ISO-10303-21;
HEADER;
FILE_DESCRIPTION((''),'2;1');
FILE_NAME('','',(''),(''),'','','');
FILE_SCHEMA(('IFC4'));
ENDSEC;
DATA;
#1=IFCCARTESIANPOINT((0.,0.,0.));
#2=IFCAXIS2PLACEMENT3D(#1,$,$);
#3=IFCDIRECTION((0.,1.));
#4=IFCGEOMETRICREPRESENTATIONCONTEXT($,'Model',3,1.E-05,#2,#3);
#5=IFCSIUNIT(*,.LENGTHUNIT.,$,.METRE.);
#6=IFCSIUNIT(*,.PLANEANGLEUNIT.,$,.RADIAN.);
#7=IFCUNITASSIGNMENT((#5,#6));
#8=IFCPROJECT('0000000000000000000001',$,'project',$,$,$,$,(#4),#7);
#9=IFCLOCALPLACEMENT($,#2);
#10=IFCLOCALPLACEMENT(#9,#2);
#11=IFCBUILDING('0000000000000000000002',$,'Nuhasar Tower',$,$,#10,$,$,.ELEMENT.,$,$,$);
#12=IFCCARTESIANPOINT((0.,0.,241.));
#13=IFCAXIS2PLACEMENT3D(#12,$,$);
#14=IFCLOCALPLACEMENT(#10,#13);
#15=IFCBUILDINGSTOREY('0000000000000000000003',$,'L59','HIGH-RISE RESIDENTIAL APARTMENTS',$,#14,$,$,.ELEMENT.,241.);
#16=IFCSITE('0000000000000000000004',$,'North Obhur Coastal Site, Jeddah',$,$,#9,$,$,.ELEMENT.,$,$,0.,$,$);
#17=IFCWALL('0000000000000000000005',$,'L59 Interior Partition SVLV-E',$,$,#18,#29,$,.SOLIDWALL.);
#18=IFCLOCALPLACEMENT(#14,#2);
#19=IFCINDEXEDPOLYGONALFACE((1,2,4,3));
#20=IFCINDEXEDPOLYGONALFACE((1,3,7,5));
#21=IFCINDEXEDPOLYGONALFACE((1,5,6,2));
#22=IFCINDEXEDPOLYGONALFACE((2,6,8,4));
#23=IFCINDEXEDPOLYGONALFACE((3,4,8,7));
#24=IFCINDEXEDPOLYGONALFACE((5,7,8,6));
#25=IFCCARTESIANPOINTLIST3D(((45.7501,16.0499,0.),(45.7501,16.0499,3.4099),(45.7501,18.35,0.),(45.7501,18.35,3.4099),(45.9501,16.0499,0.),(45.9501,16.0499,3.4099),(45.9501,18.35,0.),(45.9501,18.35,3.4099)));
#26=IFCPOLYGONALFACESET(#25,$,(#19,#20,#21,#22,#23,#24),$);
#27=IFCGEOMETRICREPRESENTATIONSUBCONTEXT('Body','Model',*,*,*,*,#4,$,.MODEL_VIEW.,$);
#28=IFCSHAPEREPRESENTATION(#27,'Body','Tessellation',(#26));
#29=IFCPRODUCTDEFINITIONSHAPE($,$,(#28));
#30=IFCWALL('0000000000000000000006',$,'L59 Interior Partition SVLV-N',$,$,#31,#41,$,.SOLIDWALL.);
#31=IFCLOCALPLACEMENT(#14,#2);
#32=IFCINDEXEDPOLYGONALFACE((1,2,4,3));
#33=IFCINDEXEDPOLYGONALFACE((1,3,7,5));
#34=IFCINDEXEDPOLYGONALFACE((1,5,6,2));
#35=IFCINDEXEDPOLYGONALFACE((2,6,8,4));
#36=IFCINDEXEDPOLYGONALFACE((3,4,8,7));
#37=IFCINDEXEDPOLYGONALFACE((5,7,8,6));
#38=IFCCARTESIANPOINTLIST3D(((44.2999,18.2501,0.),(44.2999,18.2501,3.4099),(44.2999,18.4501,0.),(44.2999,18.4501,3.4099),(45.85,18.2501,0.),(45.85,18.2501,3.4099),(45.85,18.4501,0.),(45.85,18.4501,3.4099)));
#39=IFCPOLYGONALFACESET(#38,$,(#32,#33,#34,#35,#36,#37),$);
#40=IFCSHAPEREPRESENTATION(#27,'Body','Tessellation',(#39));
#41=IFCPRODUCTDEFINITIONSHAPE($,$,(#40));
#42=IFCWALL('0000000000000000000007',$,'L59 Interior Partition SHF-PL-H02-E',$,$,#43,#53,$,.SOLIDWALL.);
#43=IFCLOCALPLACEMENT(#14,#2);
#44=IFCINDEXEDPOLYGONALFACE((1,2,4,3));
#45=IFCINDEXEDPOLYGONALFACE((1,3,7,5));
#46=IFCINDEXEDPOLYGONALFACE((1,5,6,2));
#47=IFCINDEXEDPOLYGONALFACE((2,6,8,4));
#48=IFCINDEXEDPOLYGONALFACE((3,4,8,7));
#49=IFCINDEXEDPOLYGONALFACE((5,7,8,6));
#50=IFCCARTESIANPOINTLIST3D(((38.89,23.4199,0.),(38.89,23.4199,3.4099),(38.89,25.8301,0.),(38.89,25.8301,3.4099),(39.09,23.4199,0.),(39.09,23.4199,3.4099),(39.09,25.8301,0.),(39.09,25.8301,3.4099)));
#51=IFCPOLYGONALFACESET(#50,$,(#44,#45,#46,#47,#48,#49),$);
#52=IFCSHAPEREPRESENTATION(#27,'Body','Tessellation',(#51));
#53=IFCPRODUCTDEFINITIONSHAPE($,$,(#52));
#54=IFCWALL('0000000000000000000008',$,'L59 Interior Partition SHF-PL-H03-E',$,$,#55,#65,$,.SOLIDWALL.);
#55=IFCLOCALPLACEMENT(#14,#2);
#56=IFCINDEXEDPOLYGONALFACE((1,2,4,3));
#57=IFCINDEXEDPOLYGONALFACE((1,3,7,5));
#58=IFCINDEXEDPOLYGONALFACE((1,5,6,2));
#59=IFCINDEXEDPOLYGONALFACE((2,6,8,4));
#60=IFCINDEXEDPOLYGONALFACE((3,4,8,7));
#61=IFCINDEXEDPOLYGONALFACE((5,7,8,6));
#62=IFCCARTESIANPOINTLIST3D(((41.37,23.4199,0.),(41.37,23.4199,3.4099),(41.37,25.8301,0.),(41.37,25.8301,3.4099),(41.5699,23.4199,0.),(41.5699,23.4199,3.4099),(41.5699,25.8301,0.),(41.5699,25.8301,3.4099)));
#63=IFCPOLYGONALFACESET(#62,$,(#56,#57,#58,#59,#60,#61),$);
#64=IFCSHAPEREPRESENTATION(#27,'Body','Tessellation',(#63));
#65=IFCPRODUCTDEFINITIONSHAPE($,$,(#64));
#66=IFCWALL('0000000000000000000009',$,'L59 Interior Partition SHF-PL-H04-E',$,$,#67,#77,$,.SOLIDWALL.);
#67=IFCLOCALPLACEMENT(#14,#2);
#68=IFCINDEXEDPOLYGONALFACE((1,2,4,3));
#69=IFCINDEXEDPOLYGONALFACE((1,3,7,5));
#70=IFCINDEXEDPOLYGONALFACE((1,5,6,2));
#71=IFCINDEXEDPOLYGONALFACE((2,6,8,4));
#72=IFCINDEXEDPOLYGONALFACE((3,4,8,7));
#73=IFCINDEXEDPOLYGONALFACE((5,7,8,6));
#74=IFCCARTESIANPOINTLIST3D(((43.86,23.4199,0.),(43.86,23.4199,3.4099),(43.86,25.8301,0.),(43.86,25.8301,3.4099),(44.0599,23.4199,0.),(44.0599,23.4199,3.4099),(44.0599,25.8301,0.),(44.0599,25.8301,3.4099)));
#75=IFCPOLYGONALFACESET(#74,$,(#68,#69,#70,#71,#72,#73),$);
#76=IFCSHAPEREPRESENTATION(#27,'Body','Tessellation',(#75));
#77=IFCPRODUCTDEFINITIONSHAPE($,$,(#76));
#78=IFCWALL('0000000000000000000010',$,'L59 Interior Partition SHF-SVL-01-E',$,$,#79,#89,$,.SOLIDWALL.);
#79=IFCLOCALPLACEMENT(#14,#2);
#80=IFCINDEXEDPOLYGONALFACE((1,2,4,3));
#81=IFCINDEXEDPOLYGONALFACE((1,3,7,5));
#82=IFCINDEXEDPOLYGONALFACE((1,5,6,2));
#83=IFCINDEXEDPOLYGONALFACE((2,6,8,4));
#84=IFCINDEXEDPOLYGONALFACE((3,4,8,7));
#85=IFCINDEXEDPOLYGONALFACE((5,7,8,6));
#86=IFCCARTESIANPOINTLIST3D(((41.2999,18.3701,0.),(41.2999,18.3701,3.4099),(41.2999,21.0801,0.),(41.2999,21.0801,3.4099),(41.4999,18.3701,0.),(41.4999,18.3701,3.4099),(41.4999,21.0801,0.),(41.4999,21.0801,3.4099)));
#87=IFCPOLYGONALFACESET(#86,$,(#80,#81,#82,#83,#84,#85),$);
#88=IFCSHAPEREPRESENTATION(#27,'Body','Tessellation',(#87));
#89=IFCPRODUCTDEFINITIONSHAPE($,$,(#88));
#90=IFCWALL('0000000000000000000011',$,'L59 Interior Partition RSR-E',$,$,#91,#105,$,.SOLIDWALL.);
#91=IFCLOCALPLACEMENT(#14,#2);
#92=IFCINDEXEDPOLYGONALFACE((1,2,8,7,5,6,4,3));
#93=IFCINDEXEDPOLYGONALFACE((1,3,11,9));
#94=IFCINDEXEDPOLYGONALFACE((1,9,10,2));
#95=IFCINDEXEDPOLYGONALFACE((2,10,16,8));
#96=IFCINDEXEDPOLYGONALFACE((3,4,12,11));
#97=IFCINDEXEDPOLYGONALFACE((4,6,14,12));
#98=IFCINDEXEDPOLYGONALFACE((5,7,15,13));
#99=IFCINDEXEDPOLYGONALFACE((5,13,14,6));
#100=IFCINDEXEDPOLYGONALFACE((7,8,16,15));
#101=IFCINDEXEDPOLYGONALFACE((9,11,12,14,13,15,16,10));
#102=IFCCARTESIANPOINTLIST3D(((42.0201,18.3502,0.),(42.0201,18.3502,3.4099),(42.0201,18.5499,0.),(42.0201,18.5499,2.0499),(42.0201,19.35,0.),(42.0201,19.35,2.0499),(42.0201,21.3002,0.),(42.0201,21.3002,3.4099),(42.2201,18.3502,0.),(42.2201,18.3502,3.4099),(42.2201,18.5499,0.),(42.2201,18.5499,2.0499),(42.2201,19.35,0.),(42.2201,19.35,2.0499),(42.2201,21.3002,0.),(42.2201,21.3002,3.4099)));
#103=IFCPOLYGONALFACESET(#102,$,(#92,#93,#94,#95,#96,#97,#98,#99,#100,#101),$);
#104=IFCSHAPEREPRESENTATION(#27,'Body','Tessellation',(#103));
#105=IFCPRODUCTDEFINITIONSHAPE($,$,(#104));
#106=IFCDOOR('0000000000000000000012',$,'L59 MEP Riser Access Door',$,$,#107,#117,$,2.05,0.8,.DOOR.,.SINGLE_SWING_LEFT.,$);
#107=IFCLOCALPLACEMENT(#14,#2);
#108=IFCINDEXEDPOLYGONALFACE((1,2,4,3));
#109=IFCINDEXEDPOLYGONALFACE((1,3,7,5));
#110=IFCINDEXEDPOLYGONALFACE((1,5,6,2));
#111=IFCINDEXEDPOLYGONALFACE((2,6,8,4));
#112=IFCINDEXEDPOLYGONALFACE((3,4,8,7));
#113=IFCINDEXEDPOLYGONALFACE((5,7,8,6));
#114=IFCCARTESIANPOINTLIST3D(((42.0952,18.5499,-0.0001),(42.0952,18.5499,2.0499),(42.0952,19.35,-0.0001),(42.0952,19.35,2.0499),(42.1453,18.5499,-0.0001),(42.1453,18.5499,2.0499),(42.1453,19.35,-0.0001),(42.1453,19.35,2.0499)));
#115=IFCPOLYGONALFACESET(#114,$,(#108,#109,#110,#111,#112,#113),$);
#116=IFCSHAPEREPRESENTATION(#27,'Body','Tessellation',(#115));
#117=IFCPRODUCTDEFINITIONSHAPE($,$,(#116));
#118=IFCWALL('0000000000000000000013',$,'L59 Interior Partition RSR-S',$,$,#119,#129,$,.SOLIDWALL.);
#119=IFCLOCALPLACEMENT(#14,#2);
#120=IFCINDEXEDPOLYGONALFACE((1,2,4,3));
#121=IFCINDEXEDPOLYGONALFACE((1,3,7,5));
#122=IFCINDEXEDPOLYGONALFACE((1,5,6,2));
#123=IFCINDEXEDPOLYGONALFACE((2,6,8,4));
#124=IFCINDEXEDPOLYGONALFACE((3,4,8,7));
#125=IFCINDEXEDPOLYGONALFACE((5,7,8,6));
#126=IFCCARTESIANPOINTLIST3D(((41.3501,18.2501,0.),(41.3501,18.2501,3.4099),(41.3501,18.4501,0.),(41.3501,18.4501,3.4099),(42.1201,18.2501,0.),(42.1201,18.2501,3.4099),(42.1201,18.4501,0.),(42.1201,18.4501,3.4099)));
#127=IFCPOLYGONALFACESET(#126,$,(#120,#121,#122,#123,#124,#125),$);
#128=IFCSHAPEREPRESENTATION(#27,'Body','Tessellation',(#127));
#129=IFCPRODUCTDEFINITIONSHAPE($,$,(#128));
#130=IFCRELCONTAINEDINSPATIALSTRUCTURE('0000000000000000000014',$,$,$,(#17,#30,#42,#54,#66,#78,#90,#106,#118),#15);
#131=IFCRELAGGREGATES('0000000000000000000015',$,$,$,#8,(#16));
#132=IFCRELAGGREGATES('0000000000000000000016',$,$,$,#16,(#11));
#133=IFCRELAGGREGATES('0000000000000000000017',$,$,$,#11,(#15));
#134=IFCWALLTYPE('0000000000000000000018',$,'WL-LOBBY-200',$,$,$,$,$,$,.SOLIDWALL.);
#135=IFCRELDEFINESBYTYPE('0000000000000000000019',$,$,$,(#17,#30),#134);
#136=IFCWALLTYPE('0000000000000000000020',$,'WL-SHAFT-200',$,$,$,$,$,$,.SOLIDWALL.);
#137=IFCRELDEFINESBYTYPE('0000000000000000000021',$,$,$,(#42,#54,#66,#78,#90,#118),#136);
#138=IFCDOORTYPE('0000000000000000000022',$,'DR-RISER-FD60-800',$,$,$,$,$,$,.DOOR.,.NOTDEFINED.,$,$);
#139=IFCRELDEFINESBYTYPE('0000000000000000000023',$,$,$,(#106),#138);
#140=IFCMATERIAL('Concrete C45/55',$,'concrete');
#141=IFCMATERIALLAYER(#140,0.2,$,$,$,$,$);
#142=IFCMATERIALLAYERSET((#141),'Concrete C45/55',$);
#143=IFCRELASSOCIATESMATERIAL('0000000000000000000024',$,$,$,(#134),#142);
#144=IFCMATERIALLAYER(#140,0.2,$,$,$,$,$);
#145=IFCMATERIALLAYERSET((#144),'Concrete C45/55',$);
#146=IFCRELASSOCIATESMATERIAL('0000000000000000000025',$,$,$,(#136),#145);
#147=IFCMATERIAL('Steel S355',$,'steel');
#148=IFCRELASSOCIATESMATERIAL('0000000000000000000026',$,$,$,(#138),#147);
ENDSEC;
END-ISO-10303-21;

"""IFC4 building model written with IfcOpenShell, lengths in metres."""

from ifc_helpers import new_model, si_unit, direction, frame, frame_2d, origin, place, context, subcontext, project, spatial, rectangle, extrude, material, layer, layer_set, type_object, element, fill, save


model = new_model("IFC4")

# Units and contexts
model_context = context("Model", 3, precision=1e-05, world=origin(), true_north=direction((0.0, 1.0)))
body_context = subcontext(model_context, "Body", "Model", "MODEL_VIEW")
ifc_project = project(units=[si_unit("LENGTHUNIT", "METRE"), si_unit("PLANEANGLEUNIT", "RADIAN")], contexts=[model_context])

# Site, building, storey
site_placement = place(None, origin())
site = spatial("IfcSite", under=ifc_project, at=site_placement, Name="North Obhur Coastal Site, Jeddah", CompositionType="ELEMENT", RefElevation=0.0)
building_placement = place(site_placement, origin())
building = spatial("IfcBuilding", under=site, at=building_placement, Name="Nuhasar Tower", CompositionType="ELEMENT")
storey_placement = place(building_placement, frame((0.0, 0.0, 241.0)))
storey = spatial("IfcBuildingStorey", under=building, at=storey_placement, Name="L59", Description="HIGH-RISE RESIDENTIAL APARTMENTS", CompositionType="ELEMENT", Elevation=241.0)

# Shared definitions
ifc_material_1 = material(Name="Steel S355", Category="steel")

# Shared definitions
ifc_material_2 = material(Name="Concrete C45/55", Category="concrete")
ifc_layer_1 = layer(ifc_material_2, 0.2)
ifc_layer_set_1 = layer_set([ifc_layer_1], Name="Concrete C45/55")
wall_type_1 = type_object("IfcWallType", Name="WL-LOBBY-200", PredefinedType="SOLIDWALL", material=ifc_layer_set_1)

# Walls
wall_1_placement = place(storey_placement, frame((45.8501, 16.05, 0.0), z_axis=(0.0, 0.0, 1.0), x_axis=(0.0, 1.0, 0.0)))
element("IfcWall", 1, at=wall_1_placement, inside=storey, type_object=wall_type_1, Name="L59 Interior Partition SVLV-E", PredefinedType="SOLIDWALL", context=body_context, shape_type="SweptSolid", body=[
    extrude(rectangle(XDim=2.3, YDim=0.2, at=frame_2d((1.1499, 0.0))), origin(), (0.0, 0.0, 1.0), 3.4099),
])
wall_2_placement = place(storey_placement, frame((44.3, 18.3501, 0.0), z_axis=(0.0, 0.0, 1.0), x_axis=(1.0, 0.0, 0.0)))
element("IfcWall", 2, at=wall_2_placement, inside=storey, type_object=wall_type_1, Name="L59 Interior Partition SVLV-N", PredefinedType="SOLIDWALL", context=body_context, shape_type="SweptSolid", body=[
    extrude(rectangle(XDim=1.55, YDim=0.2, at=frame_2d((0.7749, 0.0))), origin(), (0.0, 0.0, 1.0), 3.4099),
])
ifc_layer_2 = layer(ifc_material_2, 0.2)
ifc_layer_set_2 = layer_set([ifc_layer_2], Name="Concrete C45/55")
wall_type_2 = type_object("IfcWallType", Name="WL-SHAFT-200", PredefinedType="SOLIDWALL", material=ifc_layer_set_2)
wall_3_placement = place(storey_placement, frame((38.99, 23.4199, 0.0), z_axis=(0.0, 0.0, 1.0), x_axis=(0.0, 1.0, 0.0)))
element("IfcWall", 3, at=wall_3_placement, inside=storey, type_object=wall_type_2, Name="L59 Interior Partition SHF-PL-H02-E", PredefinedType="SOLIDWALL", context=body_context, shape_type="SweptSolid", body=[
    extrude(rectangle(XDim=2.4102, YDim=0.2, at=frame_2d((1.2051, 0.0))), origin(), (0.0, 0.0, 1.0), 3.4099),
])

# Wall
wall_4_placement = place(storey_placement, frame((41.47, 23.4199, 0.0), z_axis=(0.0, 0.0, 1.0), x_axis=(0.0, 1.0, 0.0)))
element("IfcWall", 4, at=wall_4_placement, inside=storey, type_object=wall_type_2, Name="L59 Interior Partition SHF-PL-H03-E", PredefinedType="SOLIDWALL", context=body_context, shape_type="SweptSolid", body=[
    extrude(rectangle(XDim=2.4102, YDim=0.2, at=frame_2d((1.2051, 0.0))), origin(), (0.0, 0.0, 1.0), 3.4099),
])

# Walls
wall_5_placement = place(storey_placement, frame((43.96, 23.4199, 0.0), z_axis=(0.0, 0.0, 1.0), x_axis=(0.0, 1.0, 0.0)))
element("IfcWall", 5, at=wall_5_placement, inside=storey, type_object=wall_type_2, Name="L59 Interior Partition SHF-PL-H04-E", PredefinedType="SOLIDWALL", context=body_context, shape_type="SweptSolid", body=[
    extrude(rectangle(XDim=2.4102, YDim=0.2, at=frame_2d((1.2051, 0.0))), origin(), (0.0, 0.0, 1.0), 3.4099),
])
wall_6_placement = place(storey_placement, frame((41.3999, 18.3701, 0.0), z_axis=(0.0, 0.0, 1.0), x_axis=(0.0, 1.0, 0.0)))
element("IfcWall", 6, at=wall_6_placement, inside=storey, type_object=wall_type_2, Name="L59 Interior Partition SHF-SVL-01-E", PredefinedType="SOLIDWALL", context=body_context, shape_type="SweptSolid", body=[
    extrude(rectangle(XDim=2.71, YDim=0.2, at=frame_2d((1.355, 0.0))), origin(), (0.0, 0.0, 1.0), 3.4099),
])

# Wall, opening, door
wall_7_placement = place(storey_placement, frame((42.1201, 18.3501, 0.0), z_axis=(0.0, 0.0, 1.0), x_axis=(0.0, 1.0, 0.0)))
wall_7 = element("IfcWall", 7, at=wall_7_placement, inside=storey, type_object=wall_type_2, Name="L59 Interior Partition RSR-E", PredefinedType="SOLIDWALL", context=body_context, shape_type="SweptSolid", body=[
    extrude(rectangle(XDim=2.95, YDim=0.2, at=frame_2d((1.4751, 0.0))), origin(), (0.0, 0.0, 1.0), 3.4099),
])
opening_1_placement = place(wall_7_placement, frame((0.2, 0.0, 0.0)))
opening_1 = element("IfcOpeningElement", 8, at=opening_1_placement, cuts=wall_7, PredefinedType="OPENING", context=body_context, shape_type="SweptSolid", body=[
    extrude(rectangle(XDim=0.8, YDim=2.05, at=frame_2d((0.3999, 1.0249))), frame((0.0, 0.1099, 0.0), z_axis=(0.0, -1.0, 0.0), x_axis=(1.0, 0.0, 0.0)), (0.0, 0.0, 1.0), 0.22),
])
door_type_1 = type_object("IfcDoorType", Name="DR-RISER-FD60-800", OperationType="NOTDEFINED", PredefinedType="DOOR", material=ifc_material_1)
door_1_placement = place(opening_1_placement, origin())
door_1 = element("IfcDoor", 9, at=door_1_placement, inside=storey, type_object=door_type_1, Name="L59 MEP Riser Access Door", OperationType="SINGLE_SWING_LEFT", OverallHeight=2.05, OverallWidth=0.8, PredefinedType="DOOR", context=body_context, shape_type="SweptSolid", body=[
    extrude(rectangle(XDim=0.8, YDim=2.05, at=frame_2d((0.3999, 1.0249))), frame((0.0, 0.0249, 0.0), z_axis=(0.0, -1.0, 0.0), x_axis=(1.0, 0.0, 0.0)), (0.0, 0.0, 1.0), 0.05),
])
fill(opening_1, door_1)

# Wall
wall_8_placement = place(storey_placement, frame((41.3501, 18.3501, 0.0), z_axis=(0.0, 0.0, 1.0), x_axis=(1.0, 0.0, 0.0)))
element("IfcWall", 10, at=wall_8_placement, inside=storey, type_object=wall_type_2, Name="L59 Interior Partition RSR-S", PredefinedType="SOLIDWALL", context=body_context, shape_type="SweptSolid", body=[
    extrude(rectangle(XDim=0.77, YDim=0.2, at=frame_2d((0.385, 0.0))), origin(), (0.0, 0.0, 1.0), 3.4099),
])

save(model, "model.ifc")
